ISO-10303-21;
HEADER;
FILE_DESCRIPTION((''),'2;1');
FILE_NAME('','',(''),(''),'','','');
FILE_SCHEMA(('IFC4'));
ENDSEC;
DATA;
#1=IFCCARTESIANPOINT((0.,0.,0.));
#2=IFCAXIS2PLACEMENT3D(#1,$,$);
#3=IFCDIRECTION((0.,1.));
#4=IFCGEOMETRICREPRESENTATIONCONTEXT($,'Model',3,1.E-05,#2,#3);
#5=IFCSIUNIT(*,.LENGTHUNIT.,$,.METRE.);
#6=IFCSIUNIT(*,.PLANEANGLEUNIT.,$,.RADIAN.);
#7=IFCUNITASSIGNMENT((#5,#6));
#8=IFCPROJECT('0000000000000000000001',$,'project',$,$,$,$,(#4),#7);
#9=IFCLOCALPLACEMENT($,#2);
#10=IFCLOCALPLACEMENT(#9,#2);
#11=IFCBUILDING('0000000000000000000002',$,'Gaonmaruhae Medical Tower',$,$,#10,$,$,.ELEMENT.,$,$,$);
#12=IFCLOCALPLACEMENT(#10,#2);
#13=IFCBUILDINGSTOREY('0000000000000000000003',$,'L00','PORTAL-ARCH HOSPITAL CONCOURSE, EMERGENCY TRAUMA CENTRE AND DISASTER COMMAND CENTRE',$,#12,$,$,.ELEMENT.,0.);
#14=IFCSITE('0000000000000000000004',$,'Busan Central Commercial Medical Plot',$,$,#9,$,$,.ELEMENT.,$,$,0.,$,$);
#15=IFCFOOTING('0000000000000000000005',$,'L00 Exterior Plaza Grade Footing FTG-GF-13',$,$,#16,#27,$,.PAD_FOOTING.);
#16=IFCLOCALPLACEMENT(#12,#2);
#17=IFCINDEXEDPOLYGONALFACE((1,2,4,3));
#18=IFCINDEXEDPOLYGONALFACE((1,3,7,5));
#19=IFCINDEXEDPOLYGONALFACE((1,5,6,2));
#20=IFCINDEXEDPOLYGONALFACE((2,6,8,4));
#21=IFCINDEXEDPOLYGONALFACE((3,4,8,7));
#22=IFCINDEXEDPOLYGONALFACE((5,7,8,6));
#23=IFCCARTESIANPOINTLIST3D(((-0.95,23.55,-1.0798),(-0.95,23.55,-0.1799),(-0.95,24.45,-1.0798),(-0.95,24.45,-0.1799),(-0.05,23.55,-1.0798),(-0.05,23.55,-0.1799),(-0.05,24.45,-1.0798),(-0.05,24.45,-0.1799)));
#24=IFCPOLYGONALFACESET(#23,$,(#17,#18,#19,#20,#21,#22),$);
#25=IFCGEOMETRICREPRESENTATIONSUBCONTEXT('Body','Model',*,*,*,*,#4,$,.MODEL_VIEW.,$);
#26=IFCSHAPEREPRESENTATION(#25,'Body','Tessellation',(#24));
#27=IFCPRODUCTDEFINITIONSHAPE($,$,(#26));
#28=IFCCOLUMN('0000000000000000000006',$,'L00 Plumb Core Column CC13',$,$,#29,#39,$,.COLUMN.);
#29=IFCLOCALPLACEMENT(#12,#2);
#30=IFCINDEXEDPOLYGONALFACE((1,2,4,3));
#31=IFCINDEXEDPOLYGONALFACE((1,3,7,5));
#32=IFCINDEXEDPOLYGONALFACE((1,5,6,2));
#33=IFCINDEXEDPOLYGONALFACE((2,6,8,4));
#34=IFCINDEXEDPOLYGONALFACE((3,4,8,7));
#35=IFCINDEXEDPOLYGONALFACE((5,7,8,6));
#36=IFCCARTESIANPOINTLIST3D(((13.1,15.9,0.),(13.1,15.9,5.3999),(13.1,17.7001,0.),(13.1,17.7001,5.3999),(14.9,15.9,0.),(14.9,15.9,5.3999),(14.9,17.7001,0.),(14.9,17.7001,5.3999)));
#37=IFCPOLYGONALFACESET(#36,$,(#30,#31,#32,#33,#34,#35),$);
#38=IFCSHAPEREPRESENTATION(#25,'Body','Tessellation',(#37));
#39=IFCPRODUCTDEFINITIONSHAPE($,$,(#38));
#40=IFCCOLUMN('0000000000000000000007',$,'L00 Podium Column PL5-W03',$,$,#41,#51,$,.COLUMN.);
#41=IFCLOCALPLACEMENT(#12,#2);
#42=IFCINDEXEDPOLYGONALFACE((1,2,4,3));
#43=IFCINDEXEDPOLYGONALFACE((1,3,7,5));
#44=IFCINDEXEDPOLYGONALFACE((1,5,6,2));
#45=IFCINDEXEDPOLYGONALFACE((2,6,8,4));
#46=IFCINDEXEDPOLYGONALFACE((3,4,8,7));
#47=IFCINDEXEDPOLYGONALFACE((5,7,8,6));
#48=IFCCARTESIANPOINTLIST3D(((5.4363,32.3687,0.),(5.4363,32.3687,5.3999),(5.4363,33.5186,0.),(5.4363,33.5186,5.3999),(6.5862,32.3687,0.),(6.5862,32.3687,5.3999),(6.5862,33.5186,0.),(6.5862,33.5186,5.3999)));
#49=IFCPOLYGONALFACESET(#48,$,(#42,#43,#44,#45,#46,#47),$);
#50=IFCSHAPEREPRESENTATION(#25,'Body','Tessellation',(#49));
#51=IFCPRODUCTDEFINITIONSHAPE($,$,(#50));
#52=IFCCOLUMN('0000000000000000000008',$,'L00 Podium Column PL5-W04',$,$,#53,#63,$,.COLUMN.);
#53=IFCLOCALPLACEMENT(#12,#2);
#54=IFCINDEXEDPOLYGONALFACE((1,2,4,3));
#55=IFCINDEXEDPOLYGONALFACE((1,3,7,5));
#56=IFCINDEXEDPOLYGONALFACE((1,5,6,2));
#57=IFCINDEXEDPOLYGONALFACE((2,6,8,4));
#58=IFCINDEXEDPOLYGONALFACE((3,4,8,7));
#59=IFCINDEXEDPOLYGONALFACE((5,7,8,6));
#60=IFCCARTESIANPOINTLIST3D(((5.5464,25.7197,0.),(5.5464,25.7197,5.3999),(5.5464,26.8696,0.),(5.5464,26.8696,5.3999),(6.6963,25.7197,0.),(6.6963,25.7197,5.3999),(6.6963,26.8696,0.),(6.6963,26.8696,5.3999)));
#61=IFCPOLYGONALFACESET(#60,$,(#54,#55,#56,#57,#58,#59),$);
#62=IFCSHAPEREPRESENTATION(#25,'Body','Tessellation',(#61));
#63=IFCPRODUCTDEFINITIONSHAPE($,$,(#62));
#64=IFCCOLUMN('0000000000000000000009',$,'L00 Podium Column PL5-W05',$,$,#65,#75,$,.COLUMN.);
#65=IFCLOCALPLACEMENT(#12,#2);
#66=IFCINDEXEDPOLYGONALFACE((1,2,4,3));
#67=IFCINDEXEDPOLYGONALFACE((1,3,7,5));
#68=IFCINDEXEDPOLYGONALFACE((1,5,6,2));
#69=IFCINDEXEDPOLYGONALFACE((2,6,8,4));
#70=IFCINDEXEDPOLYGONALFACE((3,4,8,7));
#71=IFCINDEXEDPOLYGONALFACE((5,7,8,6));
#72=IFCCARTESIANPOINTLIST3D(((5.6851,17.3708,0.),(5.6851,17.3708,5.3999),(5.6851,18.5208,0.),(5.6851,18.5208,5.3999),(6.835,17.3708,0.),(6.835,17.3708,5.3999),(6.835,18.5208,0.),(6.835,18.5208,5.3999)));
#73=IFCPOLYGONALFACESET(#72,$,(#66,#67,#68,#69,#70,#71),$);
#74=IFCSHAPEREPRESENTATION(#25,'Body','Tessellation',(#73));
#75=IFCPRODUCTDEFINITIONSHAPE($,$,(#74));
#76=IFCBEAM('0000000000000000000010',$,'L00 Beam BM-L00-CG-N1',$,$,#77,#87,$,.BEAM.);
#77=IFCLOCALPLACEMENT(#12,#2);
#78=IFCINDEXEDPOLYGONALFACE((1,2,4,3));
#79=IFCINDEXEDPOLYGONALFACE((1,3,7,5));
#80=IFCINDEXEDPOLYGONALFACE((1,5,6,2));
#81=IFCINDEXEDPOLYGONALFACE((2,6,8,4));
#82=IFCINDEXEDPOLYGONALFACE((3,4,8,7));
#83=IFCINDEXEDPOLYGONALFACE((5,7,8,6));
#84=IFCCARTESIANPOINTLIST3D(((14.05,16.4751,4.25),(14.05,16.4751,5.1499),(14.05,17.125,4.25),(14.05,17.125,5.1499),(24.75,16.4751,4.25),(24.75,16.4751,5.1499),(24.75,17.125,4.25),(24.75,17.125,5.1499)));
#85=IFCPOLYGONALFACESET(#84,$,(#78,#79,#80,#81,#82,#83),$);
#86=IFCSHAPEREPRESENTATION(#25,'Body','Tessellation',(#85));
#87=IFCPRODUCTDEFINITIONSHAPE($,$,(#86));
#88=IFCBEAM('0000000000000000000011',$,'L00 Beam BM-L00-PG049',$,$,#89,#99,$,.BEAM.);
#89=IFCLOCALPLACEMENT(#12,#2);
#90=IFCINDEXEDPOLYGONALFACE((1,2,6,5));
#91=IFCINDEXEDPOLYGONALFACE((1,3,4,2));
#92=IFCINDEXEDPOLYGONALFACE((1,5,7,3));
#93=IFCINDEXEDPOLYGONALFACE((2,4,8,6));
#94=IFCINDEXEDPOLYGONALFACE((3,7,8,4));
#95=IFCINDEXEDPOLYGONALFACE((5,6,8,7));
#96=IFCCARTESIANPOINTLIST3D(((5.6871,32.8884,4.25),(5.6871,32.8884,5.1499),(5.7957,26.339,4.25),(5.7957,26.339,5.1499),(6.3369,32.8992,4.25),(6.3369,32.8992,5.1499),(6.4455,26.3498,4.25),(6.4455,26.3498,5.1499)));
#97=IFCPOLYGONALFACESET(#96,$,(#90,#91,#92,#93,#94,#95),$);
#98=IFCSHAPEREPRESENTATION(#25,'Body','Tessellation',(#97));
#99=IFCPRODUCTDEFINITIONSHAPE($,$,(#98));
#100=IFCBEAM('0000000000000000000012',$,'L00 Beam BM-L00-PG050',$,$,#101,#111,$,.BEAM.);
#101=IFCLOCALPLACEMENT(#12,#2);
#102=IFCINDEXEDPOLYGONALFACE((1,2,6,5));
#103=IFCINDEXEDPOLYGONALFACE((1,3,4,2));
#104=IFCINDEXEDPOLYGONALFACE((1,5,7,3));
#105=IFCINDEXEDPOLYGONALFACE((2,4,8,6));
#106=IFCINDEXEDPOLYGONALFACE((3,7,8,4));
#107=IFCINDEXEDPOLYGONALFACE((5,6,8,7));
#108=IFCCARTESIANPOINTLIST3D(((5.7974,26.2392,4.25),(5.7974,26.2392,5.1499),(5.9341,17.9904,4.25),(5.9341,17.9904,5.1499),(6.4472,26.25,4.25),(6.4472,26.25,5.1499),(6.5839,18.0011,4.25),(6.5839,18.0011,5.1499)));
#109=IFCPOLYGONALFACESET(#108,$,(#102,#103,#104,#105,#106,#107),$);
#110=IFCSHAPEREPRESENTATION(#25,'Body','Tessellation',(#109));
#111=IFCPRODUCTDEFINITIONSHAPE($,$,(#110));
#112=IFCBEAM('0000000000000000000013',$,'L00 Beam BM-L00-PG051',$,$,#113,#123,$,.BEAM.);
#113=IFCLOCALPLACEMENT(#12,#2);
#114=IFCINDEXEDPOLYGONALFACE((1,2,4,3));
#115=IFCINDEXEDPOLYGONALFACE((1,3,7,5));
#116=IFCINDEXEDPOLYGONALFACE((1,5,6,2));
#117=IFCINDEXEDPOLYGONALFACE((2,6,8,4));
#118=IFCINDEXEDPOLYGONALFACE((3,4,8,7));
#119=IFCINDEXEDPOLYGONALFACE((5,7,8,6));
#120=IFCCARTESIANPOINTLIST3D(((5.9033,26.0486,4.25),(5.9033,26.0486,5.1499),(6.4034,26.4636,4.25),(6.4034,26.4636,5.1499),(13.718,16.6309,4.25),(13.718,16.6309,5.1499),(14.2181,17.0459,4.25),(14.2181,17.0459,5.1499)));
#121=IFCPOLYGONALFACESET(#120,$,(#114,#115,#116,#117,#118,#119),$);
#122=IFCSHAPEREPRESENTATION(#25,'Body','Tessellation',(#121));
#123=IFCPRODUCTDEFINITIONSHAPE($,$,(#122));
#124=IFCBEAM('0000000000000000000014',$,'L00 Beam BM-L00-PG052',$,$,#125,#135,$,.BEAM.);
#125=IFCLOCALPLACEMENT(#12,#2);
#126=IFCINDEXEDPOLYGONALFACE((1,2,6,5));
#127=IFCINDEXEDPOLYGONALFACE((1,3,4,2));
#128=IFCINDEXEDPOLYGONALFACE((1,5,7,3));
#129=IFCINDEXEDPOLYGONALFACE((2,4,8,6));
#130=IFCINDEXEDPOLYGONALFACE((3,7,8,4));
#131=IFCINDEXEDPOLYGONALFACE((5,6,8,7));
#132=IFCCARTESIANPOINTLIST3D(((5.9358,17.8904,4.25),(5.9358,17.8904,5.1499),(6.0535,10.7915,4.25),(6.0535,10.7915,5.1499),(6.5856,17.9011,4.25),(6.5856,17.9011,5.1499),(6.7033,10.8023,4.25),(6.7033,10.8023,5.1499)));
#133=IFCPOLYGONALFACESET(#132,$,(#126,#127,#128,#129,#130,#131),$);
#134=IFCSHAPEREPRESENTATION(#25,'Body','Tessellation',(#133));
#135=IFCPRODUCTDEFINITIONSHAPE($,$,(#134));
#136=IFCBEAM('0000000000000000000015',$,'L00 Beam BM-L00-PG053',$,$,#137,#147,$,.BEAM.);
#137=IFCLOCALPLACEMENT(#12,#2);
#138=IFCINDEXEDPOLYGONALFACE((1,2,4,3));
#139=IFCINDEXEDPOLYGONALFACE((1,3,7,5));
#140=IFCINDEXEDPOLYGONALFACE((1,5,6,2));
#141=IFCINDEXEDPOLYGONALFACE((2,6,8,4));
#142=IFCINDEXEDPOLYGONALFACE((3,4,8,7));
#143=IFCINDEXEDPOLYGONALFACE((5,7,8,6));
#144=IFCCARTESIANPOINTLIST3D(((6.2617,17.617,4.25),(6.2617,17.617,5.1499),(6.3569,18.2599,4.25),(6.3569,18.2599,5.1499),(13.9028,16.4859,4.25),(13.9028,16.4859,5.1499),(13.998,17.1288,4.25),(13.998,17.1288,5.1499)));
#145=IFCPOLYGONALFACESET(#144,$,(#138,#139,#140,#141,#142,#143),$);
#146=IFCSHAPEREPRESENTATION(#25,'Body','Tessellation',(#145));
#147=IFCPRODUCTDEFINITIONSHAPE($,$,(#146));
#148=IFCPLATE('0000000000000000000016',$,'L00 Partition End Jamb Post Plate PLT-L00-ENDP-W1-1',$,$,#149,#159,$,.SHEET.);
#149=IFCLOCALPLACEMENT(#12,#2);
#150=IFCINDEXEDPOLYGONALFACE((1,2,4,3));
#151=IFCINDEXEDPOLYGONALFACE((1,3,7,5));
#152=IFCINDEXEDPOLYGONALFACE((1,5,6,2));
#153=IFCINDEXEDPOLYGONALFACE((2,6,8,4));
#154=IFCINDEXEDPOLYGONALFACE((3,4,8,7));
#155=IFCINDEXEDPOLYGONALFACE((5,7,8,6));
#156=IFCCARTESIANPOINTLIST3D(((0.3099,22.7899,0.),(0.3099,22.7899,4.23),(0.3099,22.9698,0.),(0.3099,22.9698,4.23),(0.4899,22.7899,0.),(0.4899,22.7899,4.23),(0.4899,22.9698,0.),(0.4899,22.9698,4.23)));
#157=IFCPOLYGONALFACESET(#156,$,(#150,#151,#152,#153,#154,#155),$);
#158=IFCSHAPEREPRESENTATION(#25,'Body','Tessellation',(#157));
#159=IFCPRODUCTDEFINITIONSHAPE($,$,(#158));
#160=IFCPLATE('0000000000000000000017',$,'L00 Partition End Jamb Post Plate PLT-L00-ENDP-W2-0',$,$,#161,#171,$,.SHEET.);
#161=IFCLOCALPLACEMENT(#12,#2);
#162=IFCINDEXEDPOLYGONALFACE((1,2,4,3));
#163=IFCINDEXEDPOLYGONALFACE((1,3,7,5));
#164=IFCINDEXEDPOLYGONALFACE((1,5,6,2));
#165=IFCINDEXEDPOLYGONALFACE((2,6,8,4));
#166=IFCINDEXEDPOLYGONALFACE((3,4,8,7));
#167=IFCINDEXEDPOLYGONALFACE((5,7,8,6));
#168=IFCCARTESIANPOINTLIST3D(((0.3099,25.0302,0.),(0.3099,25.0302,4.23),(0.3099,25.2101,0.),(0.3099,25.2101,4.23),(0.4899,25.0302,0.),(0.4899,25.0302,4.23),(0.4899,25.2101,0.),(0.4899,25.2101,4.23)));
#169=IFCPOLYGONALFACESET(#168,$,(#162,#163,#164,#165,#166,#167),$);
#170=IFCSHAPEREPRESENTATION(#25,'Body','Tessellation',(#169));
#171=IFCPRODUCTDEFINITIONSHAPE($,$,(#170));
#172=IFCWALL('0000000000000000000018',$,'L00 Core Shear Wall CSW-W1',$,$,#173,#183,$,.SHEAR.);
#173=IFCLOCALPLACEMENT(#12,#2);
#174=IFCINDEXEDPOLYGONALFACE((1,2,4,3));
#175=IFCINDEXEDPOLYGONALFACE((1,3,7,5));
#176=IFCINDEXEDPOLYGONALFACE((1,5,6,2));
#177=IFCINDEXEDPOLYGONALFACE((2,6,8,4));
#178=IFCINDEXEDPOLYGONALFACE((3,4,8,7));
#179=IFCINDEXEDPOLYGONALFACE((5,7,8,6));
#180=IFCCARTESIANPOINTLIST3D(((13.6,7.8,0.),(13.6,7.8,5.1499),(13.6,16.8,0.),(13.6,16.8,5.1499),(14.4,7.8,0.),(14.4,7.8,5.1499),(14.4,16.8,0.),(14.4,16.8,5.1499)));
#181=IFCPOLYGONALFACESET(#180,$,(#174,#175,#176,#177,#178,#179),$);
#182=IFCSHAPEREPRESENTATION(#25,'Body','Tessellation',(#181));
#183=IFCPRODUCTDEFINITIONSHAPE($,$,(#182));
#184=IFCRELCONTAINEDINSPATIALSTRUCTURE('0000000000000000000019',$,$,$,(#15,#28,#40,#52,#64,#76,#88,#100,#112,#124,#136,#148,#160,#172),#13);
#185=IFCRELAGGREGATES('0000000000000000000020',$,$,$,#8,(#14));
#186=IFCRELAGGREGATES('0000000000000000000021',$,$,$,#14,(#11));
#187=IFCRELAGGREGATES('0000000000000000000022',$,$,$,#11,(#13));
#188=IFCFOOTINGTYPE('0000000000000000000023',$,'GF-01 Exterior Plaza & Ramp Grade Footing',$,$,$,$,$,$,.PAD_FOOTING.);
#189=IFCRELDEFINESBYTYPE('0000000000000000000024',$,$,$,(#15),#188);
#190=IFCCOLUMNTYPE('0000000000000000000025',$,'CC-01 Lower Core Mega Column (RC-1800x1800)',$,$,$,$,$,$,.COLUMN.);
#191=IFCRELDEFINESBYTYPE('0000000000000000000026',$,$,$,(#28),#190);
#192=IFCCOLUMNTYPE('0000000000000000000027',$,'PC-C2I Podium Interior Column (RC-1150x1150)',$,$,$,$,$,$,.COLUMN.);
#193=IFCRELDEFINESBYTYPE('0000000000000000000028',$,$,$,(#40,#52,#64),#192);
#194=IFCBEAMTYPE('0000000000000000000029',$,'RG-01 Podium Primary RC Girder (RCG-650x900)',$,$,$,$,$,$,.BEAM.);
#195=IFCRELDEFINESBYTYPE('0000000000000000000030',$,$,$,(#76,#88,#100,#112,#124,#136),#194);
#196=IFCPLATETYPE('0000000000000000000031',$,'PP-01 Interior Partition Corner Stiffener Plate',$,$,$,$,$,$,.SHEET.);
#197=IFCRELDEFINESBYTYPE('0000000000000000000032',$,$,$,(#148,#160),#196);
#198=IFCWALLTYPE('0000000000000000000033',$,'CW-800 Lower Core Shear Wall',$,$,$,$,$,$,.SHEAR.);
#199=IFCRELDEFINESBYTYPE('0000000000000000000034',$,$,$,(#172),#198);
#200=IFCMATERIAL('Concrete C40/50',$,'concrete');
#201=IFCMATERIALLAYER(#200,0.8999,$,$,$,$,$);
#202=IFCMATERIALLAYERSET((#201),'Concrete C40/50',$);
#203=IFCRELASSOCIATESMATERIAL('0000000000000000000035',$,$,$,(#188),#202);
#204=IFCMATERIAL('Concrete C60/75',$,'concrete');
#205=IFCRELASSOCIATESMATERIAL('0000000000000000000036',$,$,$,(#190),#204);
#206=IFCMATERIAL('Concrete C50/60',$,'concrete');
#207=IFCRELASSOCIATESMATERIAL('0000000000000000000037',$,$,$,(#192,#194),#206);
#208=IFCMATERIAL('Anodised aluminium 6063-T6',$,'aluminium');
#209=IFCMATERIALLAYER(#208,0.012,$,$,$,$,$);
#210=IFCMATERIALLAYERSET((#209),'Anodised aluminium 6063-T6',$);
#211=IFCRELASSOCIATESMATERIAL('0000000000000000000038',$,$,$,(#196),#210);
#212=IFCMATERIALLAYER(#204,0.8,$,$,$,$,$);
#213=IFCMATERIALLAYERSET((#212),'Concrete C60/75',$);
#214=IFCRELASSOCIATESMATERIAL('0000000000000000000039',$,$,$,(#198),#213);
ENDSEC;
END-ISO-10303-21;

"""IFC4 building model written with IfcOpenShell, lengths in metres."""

from ifc_helpers import new_model, si_unit, direction, frame, frame_2d, origin, origin_2d, place, context, subcontext, project, spatial, rectangle, extrude, material, layer, layer_set, material_profile, profile_set, type_object, element, save


model = new_model("IFC4")

# Units and contexts
model_context = context("Model", 3, precision=1e-05, world=origin(), true_north=direction((0.0, 1.0)))
body_context = subcontext(model_context, "Body", "Model", "MODEL_VIEW")
ifc_project = project(units=[si_unit("LENGTHUNIT", "METRE"), si_unit("PLANEANGLEUNIT", "RADIAN")], contexts=[model_context])

# Site, building, storey
site_placement = place(None, origin())
site = spatial("IfcSite", under=ifc_project, at=site_placement, Name="Busan Central Commercial Medical Plot", CompositionType="ELEMENT", RefElevation=0.0)
building_placement = place(site_placement, origin())
building = spatial("IfcBuilding", under=site, at=building_placement, Name="Gaonmaruhae Medical Tower", CompositionType="ELEMENT")
storey_placement = place(building_placement, origin())
storey = spatial("IfcBuildingStorey", under=building, at=storey_placement, Name="L00", Description="PORTAL-ARCH HOSPITAL CONCOURSE, EMERGENCY TRAUMA CENTRE AND DISASTER COMMAND CENTRE", CompositionType="ELEMENT", Elevation=0.0)

# Footing
ifc_material_1 = material(Name="Concrete C40/50", Category="concrete")
ifc_layer_1 = layer(ifc_material_1, 0.8999)
ifc_layer_set_1 = layer_set([ifc_layer_1], Name="Concrete C40/50")
footing_type = type_object("IfcFootingType", Name="GF-01 Exterior Plaza & Ramp Grade Footing", PredefinedType="PAD_FOOTING", material=ifc_layer_set_1)
footing_placement = place(storey_placement, frame((-0.5, 24.0, -1.0798), z_axis=(0.0, 0.0, 1.0), x_axis=(1.0, 0.0, 0.0)))
element("IfcFooting", 1, at=footing_placement, inside=storey, type_object=footing_type, Name="L00 Exterior Plaza Grade Footing FTG-GF-13", PredefinedType="PAD_FOOTING", context=body_context, shape_type="SweptSolid", body=[
    extrude(rectangle(XDim=0.8999, YDim=0.8999, at=origin_2d()), origin(), (0.0, 0.0, 1.0), 0.8999),
])

# Columns
ifc_material_2 = material(Name="Concrete C60/75", Category="concrete")
ifc_material_profile_1 = material_profile(ifc_material_2, rectangle(XDim=1.8, YDim=1.8, at=origin_2d()), Name="RC-1800x1800")
ifc_profile_set_1 = profile_set([ifc_material_profile_1], Name="Concrete C60/75")
column_type_1 = type_object("IfcColumnType", Name="CC-01 Lower Core Mega Column (RC-1800x1800)", PredefinedType="COLUMN", material=ifc_profile_set_1)
column_placement = place(storey_placement, frame((14.0, 16.8, 0.0), z_axis=(0.0, 0.0, 1.0), x_axis=(1.0, 0.0, 0.0)))
element("IfcColumn", 2, at=column_placement, inside=storey, type_object=column_type_1, Name="L00 Plumb Core Column CC13", PredefinedType="COLUMN", context=body_context, shape_type="SweptSolid", body=[
    extrude(rectangle(XDim=1.8, YDim=1.8, at=origin_2d()), origin(), (0.0, 0.0, 1.0), 5.3999),
])
ifc_material_3 = material(Name="Concrete C50/60", Category="concrete")
ifc_material_profile_2 = material_profile(ifc_material_3, rectangle(XDim=1.1499, YDim=1.1499, at=origin_2d()), Name="RC-1150x1150")
ifc_profile_set_2 = profile_set([ifc_material_profile_2], Name="Concrete C50/60")
column_type_2 = type_object("IfcColumnType", Name="PC-C2I Podium Interior Column (RC-1150x1150)", PredefinedType="COLUMN", material=ifc_profile_set_2)
for number, where, z_axis, x_axis, name in (
    (3, (6.0112, 32.9436, 0.0), (0.0, 0.0, 1.0), (1.0, 0.0, 0.0), "L00 Podium Column PL5-W03"),
    (4, (6.1213, 26.2947, 0.0), (0.0, 0.0, 1.0), (1.0, 0.0, 0.0), "L00 Podium Column PL5-W04"),
    (5, (6.26, 17.9458, 0.0), (0.0, 0.0, 1.0), (1.0, 0.0, 0.0), "L00 Podium Column PL5-W05"),
):
    element("IfcColumn", number, at=place(storey_placement, frame(where, z_axis=z_axis, x_axis=x_axis)), inside=storey, type_object=column_type_2, Name=name, PredefinedType="COLUMN", context=body_context, shape_type="SweptSolid", body=[
        extrude(rectangle(XDim=1.1499, YDim=1.1499, at=origin_2d()), origin(), (0.0, 0.0, 1.0), 5.3999),
    ])

# Beams
ifc_material_profile_3 = material_profile(ifc_material_3, rectangle(XDim=0.6499, YDim=0.8999, at=origin_2d()), Name="RCG-650x900")
ifc_profile_set_3 = profile_set([ifc_material_profile_3], Name="Concrete C50/60")
beam_type = type_object("IfcBeamType", Name="RG-01 Podium Primary RC Girder (RCG-650x900)", PredefinedType="BEAM", material=ifc_profile_set_3)
beam_1_placement = place(storey_placement, frame((14.05, 16.8, 4.7), z_axis=(1.0, 0.0, 0.0), x_axis=(0.0, 1.0, 0.0)))
element("IfcBeam", 6, at=beam_1_placement, inside=storey, type_object=beam_type, Name="L00 Beam BM-L00-CG-N1", PredefinedType="BEAM", context=body_context, shape_type="SweptSolid", body=[
    extrude(rectangle(XDim=0.6499, YDim=0.8999, at=origin_2d()), origin(), (0.0, 0.0, 1.0), 10.7),
])
beam_2_placement = place(storey_placement, frame((6.012, 32.8938, 4.7), z_axis=(0.016586, -0.999862, 0.0), x_axis=(0.999862, 0.016586, 0.0)))
element("IfcBeam", 7, at=beam_2_placement, inside=storey, type_object=beam_type, Name="L00 Beam BM-L00-PG049", PredefinedType="BEAM", context=body_context, shape_type="SweptSolid", body=[
    extrude(rectangle(XDim=0.6499, YDim=0.8999, at=origin_2d()), origin(), (0.0, 0.0, 1.0), 6.5503),
])
beam_3_placement = place(storey_placement, frame((6.1223, 26.2446, 4.7), z_axis=(0.016572, -0.999863, 0.0), x_axis=(0.999863, 0.016572, 0.0)))
element("IfcBeam", 8, at=beam_3_placement, inside=storey, type_object=beam_type, Name="L00 Beam BM-L00-PG050", PredefinedType="BEAM", context=body_context, shape_type="SweptSolid", body=[
    extrude(rectangle(XDim=0.6499, YDim=0.8999, at=origin_2d()), origin(), (0.0, 0.0, 1.0), 8.25),
])
beam_4_placement = place(storey_placement, frame((6.1533, 26.2561, 4.7), z_axis=(0.638572, -0.769562, 0.0), x_axis=(0.769562, 0.638572, 0.0)))
element("IfcBeam", 9, at=beam_4_placement, inside=storey, type_object=beam_type, Name="L00 Beam BM-L00-PG051", PredefinedType="BEAM", context=body_context, shape_type="SweptSolid", body=[
    extrude(rectangle(XDim=0.6499, YDim=0.8999, at=origin_2d()), origin(), (0.0, 0.0, 1.0), 12.2378),
])
beam_5_placement = place(storey_placement, frame((6.2607, 17.8958, 4.7), z_axis=(0.016574, -0.999863, 0.0), x_axis=(0.999863, 0.016574, 0.0)))
element("IfcBeam", 10, at=beam_5_placement, inside=storey, type_object=beam_type, Name="L00 Beam BM-L00-PG052", PredefinedType="BEAM", context=body_context, shape_type="SweptSolid", body=[
    extrude(rectangle(XDim=0.6499, YDim=0.8999, at=origin_2d()), origin(), (0.0, 0.0, 1.0), 7.0999),
])
beam_6_placement = place(storey_placement, frame((6.3093, 17.9385, 4.7), z_axis=(0.989221, -0.146433, 0.0), x_axis=(0.146433, 0.989221, 0.0)))
element("IfcBeam", 11, at=beam_6_placement, inside=storey, type_object=beam_type, Name="L00 Beam BM-L00-PG053", PredefinedType="BEAM", context=body_context, shape_type="SweptSolid", body=[
    extrude(rectangle(XDim=0.6499, YDim=0.8999, at=origin_2d()), origin(), (0.0, 0.0, 1.0), 7.7244),
])

# Plates
ifc_material_4 = material(Name="Anodised aluminium 6063-T6", Category="aluminium")
ifc_layer_2 = layer(ifc_material_4, 0.012)
ifc_layer_set_2 = layer_set([ifc_layer_2], Name="Anodised aluminium 6063-T6")
plate_type = type_object("IfcPlateType", Name="PP-01 Interior Partition Corner Stiffener Plate", PredefinedType="SHEET", material=ifc_layer_set_2)
for number, where, z_axis, x_axis, name in (
    (12, (0.3999, 22.8799, 0.0), (0.0, 0.0, 1.0), (0.0, 1.0, 0.0), "L00 Partition End Jamb Post Plate PLT-L00-ENDP-W1-1"),
    (13, (0.3999, 25.1201, 0.0), (0.0, 0.0, 1.0), (0.0, 1.0, 0.0), "L00 Partition End Jamb Post Plate PLT-L00-ENDP-W2-0"),
):
    element("IfcPlate", number, at=place(storey_placement, frame(where, z_axis=z_axis, x_axis=x_axis)), inside=storey, type_object=plate_type, Name=name, PredefinedType="SHEET", context=body_context, shape_type="SweptSolid", body=[
        extrude(rectangle(XDim=0.1799, YDim=0.1799, at=origin_2d()), origin(), (0.0, 0.0, 1.0), 4.23),
    ])

# Wall
ifc_layer_3 = layer(ifc_material_2, 0.8)
ifc_layer_set_3 = layer_set([ifc_layer_3], Name="Concrete C60/75")
wall_type_1 = type_object("IfcWallType", Name="CW-800 Lower Core Shear Wall", PredefinedType="SHEAR", material=ifc_layer_set_3)
wall_1_placement = place(storey_placement, frame((14.0, 16.8, 0.0), z_axis=(0.0, 0.0, 1.0), x_axis=(0.0, -1.0, 0.0)))
element("IfcWall", 14, at=wall_1_placement, inside=storey, type_object=wall_type_1, Name="L00 Core Shear Wall CSW-W1", PredefinedType="SHEAR", context=body_context, shape_type="SweptSolid", body=[
    extrude(rectangle(XDim=9.0, YDim=0.8, at=frame_2d((4.5, 0.0))), origin(), (0.0, 0.0, 1.0), 5.1499),
])

save(model, "model.ifc")
